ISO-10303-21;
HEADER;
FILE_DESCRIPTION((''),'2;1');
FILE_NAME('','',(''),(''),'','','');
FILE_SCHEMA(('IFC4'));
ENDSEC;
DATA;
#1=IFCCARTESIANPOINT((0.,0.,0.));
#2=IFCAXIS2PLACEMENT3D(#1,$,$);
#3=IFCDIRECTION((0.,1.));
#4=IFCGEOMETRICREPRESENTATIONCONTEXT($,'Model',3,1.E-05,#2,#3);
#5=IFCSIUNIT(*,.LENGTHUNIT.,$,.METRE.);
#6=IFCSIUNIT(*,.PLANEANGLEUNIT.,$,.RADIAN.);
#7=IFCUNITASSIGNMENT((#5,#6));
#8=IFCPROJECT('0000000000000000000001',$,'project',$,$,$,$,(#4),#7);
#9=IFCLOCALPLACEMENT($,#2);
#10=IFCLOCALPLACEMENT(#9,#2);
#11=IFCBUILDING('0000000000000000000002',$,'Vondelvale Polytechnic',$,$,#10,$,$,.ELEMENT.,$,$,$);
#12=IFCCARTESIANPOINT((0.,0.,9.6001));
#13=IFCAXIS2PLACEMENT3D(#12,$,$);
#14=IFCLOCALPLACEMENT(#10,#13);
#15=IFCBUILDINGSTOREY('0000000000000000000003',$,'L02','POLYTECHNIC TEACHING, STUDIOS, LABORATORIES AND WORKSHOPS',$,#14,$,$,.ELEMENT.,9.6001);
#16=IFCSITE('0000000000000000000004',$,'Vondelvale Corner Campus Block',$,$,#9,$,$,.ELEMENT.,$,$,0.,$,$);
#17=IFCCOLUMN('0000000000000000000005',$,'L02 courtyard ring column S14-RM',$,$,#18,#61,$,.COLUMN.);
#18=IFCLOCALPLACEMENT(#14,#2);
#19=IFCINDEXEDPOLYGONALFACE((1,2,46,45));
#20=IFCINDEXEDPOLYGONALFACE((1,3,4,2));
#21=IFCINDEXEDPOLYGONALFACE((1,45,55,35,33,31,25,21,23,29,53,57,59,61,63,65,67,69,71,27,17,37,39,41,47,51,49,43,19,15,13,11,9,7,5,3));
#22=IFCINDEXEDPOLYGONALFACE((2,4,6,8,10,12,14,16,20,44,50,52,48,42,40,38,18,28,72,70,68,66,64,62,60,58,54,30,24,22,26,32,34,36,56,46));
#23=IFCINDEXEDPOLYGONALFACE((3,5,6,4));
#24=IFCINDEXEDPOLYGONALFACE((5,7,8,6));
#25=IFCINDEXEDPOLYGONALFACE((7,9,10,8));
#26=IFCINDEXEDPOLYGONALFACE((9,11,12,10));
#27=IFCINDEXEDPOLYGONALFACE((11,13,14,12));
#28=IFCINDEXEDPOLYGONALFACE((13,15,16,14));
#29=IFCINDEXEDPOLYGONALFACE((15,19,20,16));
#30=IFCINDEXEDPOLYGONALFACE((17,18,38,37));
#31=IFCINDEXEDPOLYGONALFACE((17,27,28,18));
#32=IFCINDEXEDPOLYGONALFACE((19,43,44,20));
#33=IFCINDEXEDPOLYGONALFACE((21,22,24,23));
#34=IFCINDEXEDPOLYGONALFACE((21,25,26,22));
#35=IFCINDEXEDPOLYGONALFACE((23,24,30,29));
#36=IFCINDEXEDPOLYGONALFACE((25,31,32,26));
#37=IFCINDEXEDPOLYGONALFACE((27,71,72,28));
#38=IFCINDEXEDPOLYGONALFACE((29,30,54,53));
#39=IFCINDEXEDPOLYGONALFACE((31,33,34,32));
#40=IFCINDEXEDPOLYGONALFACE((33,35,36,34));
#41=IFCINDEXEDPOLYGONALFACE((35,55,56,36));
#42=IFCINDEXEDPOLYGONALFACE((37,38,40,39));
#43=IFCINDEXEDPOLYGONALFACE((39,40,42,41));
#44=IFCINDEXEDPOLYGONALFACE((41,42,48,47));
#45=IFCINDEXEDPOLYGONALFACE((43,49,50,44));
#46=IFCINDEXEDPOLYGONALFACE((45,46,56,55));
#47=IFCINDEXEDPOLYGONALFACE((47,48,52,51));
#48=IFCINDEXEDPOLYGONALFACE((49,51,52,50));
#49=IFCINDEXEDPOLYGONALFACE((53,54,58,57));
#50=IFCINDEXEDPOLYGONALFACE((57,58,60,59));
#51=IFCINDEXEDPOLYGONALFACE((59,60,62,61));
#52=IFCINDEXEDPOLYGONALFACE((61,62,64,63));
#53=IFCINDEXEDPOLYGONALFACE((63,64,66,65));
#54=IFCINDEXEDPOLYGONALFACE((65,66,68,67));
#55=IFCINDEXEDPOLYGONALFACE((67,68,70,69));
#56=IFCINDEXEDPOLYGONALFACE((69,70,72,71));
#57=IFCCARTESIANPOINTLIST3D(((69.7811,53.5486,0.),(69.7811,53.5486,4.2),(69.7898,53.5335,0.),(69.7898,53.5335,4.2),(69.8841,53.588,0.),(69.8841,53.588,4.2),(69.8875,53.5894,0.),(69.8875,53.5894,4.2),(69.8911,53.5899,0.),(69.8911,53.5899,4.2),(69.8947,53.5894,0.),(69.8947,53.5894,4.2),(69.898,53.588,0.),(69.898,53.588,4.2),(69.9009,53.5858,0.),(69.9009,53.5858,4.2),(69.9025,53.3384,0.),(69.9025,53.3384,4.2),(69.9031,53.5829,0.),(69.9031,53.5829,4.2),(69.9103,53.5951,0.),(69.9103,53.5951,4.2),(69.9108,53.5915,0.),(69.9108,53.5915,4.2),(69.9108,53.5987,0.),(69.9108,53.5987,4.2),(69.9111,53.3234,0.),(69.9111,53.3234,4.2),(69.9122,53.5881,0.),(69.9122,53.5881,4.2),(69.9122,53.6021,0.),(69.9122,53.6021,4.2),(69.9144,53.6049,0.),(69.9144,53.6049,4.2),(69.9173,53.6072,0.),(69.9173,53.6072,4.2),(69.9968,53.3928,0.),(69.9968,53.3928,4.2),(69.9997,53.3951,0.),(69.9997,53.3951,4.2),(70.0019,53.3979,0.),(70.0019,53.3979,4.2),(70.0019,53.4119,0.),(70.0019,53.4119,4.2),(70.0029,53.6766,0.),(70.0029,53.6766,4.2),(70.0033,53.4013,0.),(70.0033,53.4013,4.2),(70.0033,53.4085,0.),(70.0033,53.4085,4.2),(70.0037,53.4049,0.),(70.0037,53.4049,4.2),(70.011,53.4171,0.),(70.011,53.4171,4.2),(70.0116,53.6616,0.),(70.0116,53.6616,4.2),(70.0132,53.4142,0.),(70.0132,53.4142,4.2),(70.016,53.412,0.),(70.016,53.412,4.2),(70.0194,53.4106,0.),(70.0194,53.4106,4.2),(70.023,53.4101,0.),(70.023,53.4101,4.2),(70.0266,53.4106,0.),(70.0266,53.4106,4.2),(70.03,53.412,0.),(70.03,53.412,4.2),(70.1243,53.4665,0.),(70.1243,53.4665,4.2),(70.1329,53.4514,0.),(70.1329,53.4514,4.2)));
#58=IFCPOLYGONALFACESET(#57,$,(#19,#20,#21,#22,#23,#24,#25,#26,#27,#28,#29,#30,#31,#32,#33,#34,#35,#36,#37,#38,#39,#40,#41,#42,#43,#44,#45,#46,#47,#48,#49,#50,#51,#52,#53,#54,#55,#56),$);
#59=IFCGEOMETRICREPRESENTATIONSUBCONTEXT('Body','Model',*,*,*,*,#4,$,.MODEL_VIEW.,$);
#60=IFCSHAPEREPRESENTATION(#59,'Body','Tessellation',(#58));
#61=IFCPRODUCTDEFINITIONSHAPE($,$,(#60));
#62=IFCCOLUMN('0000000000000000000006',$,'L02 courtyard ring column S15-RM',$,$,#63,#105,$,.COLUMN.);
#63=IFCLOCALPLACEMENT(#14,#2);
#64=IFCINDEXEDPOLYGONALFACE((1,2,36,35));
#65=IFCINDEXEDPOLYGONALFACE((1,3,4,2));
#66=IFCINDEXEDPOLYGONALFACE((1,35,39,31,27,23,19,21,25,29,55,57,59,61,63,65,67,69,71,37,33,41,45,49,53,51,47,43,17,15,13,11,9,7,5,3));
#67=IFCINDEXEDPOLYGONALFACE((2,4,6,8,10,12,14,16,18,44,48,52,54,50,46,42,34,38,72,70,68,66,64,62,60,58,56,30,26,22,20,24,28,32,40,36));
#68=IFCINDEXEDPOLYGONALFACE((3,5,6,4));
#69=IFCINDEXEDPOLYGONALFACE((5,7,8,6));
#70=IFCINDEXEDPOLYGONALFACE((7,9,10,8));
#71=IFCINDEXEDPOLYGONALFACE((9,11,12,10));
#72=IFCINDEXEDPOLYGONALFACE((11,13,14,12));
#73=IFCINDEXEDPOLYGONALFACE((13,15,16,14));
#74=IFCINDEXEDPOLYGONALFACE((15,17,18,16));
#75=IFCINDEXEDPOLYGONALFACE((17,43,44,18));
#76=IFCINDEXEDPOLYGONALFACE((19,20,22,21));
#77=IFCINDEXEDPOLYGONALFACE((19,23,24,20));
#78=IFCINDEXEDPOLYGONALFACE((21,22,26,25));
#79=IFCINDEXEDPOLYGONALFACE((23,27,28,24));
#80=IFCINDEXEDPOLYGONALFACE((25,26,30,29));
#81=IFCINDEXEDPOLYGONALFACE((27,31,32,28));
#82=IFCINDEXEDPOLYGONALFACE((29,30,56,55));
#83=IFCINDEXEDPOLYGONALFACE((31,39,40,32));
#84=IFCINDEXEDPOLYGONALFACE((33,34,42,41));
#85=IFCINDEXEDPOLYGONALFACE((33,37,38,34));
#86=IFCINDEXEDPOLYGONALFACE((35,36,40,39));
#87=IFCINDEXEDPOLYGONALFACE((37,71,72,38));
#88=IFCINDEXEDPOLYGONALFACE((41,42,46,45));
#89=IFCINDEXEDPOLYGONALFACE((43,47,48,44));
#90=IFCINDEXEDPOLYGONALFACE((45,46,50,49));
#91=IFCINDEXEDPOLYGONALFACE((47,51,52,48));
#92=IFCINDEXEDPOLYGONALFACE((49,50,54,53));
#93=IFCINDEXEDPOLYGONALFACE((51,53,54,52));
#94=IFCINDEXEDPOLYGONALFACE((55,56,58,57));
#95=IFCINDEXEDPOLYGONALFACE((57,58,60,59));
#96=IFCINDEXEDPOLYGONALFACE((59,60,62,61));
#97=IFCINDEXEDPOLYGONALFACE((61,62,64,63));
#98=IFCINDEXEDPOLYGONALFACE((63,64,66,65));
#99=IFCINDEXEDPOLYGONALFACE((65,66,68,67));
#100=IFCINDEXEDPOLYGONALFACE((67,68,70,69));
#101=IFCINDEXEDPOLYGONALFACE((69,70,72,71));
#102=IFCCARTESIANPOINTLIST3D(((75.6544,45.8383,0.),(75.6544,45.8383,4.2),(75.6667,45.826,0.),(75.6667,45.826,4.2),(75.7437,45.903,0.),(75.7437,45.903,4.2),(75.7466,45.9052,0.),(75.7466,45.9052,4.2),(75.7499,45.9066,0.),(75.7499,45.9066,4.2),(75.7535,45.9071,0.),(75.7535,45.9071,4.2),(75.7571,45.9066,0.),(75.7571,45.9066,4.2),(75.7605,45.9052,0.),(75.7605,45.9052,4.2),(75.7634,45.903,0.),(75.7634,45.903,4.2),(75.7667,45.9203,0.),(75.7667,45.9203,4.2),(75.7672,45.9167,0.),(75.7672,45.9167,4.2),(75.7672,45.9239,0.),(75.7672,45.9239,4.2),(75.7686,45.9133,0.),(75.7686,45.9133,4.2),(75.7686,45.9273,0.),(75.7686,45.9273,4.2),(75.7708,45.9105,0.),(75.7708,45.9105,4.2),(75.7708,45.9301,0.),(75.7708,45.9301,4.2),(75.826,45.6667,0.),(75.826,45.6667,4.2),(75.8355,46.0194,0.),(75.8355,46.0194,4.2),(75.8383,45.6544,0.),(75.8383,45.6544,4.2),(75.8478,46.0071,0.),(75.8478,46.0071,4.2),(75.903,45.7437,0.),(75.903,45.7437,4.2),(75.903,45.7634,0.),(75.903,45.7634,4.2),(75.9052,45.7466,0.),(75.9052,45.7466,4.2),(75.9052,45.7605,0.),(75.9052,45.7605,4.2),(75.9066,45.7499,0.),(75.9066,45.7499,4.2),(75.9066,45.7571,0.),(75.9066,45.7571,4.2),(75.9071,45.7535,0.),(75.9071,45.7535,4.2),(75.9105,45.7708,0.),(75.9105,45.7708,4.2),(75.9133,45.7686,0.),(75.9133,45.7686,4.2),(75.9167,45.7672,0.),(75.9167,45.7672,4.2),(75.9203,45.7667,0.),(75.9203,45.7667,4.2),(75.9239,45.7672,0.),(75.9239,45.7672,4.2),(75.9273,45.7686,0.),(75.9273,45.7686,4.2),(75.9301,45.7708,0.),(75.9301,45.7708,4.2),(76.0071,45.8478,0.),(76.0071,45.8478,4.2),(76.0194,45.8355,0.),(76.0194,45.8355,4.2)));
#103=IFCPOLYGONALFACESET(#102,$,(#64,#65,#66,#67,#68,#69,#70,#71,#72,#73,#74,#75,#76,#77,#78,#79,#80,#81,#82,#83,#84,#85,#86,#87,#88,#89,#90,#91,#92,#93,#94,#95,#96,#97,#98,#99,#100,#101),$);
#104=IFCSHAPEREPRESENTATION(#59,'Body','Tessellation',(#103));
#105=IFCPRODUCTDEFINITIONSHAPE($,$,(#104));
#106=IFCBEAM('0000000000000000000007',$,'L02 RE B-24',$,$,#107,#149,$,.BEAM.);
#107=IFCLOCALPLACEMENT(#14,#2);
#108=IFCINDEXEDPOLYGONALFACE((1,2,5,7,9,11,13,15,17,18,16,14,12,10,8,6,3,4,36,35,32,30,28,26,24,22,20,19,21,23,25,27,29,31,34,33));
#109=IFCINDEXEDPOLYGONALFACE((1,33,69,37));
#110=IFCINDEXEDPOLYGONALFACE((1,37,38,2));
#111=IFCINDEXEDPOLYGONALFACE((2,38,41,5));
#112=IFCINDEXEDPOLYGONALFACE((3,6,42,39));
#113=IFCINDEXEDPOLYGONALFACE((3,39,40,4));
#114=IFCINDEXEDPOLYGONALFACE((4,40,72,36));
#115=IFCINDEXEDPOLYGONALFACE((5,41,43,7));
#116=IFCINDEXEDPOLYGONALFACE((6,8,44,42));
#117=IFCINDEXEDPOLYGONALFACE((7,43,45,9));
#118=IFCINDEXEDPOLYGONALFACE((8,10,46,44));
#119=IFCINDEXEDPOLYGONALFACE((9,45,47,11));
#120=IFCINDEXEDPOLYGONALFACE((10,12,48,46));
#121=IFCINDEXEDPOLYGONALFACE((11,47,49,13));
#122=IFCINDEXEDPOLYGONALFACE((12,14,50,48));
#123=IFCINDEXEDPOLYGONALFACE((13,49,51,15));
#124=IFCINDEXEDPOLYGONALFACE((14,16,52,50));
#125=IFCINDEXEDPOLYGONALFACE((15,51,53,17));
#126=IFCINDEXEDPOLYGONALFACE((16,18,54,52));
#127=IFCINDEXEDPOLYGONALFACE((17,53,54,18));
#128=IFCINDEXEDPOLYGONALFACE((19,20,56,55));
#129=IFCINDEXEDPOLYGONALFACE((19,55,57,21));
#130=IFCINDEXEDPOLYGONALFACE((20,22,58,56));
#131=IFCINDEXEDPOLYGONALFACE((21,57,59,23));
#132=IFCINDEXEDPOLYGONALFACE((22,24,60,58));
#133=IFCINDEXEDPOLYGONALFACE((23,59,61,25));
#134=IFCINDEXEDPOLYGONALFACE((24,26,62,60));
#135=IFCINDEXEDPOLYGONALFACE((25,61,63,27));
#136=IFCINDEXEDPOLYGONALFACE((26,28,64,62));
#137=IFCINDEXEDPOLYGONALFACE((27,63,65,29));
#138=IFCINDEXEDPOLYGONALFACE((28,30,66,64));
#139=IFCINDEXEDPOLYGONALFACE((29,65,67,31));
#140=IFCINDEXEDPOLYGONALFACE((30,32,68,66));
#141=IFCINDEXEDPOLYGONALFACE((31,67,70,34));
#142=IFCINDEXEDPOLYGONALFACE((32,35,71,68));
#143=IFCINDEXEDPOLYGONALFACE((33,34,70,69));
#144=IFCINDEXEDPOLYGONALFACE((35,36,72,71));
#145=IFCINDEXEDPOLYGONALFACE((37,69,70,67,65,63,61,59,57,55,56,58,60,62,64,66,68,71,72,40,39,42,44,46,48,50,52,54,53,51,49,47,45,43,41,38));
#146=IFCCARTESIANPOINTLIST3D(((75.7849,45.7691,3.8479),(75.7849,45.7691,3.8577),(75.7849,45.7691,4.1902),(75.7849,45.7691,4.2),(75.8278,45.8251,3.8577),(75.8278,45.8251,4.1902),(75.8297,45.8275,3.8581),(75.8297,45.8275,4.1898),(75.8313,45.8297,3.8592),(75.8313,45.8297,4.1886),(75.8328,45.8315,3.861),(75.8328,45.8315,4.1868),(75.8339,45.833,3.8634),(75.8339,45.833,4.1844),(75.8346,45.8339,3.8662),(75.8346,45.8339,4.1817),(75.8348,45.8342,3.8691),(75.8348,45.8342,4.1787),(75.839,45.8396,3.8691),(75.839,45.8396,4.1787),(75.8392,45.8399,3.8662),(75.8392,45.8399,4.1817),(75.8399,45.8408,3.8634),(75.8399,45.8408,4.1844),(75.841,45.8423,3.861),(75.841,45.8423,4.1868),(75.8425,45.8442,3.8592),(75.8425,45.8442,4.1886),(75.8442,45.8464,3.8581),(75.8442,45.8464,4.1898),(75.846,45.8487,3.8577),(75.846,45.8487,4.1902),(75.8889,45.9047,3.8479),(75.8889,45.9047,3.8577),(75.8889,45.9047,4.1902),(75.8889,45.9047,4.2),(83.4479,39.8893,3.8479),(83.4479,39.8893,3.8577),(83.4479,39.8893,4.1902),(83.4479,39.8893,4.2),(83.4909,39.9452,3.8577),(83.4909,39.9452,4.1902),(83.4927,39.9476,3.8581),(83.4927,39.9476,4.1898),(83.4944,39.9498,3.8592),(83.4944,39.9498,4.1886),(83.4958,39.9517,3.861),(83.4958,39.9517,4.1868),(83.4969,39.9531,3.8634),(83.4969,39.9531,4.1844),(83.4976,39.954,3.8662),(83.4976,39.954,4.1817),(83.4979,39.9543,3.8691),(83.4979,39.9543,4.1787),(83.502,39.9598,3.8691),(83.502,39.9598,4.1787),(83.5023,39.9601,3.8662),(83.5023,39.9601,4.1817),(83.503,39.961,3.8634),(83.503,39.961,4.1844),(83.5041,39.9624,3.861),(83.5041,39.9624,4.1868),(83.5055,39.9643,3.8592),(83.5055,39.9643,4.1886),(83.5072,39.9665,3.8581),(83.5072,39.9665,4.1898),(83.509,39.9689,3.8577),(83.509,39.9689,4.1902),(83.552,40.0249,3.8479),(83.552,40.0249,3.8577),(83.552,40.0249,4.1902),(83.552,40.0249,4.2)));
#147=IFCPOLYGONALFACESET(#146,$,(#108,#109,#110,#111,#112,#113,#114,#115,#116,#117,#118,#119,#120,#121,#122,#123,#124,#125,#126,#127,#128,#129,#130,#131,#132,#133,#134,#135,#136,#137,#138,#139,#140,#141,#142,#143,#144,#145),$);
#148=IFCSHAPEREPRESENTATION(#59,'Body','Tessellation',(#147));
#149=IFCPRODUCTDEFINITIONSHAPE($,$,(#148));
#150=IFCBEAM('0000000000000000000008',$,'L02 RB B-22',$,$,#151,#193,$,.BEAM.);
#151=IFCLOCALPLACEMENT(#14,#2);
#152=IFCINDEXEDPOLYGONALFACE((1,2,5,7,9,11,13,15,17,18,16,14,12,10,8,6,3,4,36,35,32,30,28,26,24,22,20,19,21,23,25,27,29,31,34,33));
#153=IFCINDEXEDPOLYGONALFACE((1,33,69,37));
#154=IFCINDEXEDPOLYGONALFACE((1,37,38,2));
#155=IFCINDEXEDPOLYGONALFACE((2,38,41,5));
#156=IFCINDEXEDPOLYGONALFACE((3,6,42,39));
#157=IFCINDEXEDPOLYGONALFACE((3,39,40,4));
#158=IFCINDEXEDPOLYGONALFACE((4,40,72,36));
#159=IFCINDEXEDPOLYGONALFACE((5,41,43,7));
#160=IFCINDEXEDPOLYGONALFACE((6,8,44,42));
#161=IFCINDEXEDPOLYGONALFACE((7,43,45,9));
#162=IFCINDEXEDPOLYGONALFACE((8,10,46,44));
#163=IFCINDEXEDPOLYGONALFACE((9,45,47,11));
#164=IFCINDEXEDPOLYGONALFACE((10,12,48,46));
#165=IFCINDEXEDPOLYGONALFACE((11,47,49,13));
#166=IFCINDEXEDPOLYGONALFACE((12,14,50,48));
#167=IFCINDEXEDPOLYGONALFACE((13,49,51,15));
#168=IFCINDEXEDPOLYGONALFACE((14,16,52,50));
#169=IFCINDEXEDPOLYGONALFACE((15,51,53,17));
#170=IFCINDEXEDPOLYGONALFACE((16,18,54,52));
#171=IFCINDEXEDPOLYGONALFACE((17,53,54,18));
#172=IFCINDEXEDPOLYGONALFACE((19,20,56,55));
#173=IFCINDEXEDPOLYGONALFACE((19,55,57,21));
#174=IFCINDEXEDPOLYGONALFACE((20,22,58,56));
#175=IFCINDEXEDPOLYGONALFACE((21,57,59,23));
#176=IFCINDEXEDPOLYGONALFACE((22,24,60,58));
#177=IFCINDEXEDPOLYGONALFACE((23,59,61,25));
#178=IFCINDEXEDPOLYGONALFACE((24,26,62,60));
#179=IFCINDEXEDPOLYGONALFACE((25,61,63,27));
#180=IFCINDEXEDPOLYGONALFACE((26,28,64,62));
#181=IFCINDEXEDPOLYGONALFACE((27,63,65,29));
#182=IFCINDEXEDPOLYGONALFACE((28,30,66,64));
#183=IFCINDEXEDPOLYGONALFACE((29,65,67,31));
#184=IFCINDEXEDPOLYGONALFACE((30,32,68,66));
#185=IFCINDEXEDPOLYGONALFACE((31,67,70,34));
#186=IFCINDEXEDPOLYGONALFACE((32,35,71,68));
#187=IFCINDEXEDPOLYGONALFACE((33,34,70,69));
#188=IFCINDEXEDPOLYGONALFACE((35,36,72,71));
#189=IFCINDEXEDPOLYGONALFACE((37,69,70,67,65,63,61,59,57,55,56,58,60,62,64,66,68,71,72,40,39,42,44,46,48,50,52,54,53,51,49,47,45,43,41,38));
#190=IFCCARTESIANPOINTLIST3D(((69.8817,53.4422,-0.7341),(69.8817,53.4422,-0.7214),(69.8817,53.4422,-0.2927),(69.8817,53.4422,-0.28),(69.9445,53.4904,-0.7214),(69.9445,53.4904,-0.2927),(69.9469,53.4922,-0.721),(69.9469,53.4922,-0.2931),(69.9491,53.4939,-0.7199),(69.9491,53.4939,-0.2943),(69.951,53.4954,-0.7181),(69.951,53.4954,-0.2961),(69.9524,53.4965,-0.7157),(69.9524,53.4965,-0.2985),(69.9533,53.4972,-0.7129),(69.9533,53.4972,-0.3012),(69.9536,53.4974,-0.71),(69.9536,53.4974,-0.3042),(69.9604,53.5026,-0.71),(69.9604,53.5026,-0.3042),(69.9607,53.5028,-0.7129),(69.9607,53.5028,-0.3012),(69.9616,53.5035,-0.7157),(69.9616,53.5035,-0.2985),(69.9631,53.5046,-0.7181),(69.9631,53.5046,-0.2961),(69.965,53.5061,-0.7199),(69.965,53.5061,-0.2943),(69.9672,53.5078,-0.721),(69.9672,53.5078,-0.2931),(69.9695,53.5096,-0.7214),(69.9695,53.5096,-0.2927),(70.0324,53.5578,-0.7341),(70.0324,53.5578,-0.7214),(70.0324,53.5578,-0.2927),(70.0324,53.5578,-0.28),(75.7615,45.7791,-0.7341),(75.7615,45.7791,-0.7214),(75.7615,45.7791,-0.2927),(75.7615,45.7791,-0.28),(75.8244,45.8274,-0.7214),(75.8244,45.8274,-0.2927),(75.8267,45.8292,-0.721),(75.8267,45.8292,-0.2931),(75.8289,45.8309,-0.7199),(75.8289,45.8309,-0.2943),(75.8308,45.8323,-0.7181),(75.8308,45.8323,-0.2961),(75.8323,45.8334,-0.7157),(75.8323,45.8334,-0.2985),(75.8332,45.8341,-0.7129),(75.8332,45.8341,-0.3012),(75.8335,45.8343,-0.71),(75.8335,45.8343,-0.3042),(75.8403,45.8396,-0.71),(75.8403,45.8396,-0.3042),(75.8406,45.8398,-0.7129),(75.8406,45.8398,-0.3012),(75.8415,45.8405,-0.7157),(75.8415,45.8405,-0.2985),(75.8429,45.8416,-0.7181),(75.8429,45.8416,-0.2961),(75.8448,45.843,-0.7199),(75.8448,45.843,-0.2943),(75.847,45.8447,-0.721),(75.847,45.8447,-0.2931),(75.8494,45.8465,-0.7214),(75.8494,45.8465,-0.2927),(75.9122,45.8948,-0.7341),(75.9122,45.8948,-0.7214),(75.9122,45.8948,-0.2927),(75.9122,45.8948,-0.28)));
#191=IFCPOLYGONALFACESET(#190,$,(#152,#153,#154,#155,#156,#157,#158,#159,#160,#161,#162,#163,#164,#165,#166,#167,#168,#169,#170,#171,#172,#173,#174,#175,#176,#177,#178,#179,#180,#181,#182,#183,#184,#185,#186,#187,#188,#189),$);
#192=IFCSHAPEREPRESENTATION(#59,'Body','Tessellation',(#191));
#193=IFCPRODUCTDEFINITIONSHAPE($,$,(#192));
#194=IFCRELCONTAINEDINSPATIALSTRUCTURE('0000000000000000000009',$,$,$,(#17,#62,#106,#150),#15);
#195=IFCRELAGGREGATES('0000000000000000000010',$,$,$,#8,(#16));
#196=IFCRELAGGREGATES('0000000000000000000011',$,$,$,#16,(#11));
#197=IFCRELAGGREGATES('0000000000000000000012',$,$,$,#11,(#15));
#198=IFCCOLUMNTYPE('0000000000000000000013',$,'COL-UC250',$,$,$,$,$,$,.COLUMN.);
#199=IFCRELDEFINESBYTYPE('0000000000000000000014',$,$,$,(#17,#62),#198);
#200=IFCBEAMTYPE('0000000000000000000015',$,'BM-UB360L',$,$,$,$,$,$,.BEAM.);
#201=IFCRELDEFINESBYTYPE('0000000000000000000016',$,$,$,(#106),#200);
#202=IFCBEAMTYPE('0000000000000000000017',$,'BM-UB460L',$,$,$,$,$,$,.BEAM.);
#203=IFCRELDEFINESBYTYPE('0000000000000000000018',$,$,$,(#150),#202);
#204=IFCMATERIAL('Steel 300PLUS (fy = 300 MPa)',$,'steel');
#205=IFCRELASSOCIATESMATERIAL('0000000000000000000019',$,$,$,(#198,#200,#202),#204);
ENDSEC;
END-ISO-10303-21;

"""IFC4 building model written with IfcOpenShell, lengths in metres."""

from ifc_helpers import new_model, si_unit, direction, frame, origin, origin_2d, place, context, subcontext, project, spatial, i_section, extrude, material, material_profile, profile_set, type_object, element, save


model = new_model("IFC4")

# Units and contexts
model_context = context("Model", 3, precision=1e-05, world=origin(), true_north=direction((0.0, 1.0)))
body_context = subcontext(model_context, "Body", "Model", "MODEL_VIEW")
ifc_project = project(units=[si_unit("LENGTHUNIT", "METRE"), si_unit("PLANEANGLEUNIT", "RADIAN")], contexts=[model_context])

# Site, building, storey
site_placement = place(None, origin())
site = spatial("IfcSite", under=ifc_project, at=site_placement, Name="Vondelvale Corner Campus Block", CompositionType="ELEMENT", RefElevation=0.0)
building_placement = place(site_placement, origin())
building = spatial("IfcBuilding", under=site, at=building_placement, Name="Vondelvale Polytechnic", CompositionType="ELEMENT")
storey_placement = place(building_placement, frame((0.0, 0.0, 9.6001)))
storey = spatial("IfcBuildingStorey", under=building, at=storey_placement, Name="L02", Description="POLYTECHNIC TEACHING, STUDIOS, LABORATORIES AND WORKSHOPS", CompositionType="ELEMENT", Elevation=9.6001)

# Columns
ifc_material_1 = material(Name="Steel 300PLUS (fy = 300 MPa)", Category="steel")
ifc_material_profile_1 = material_profile(ifc_material_1, i_section(OverallWidth=0.2561, OverallDepth=0.26, WebThickness=0.0105, FlangeThickness=0.0173, FilletRadius=0.0139, at=origin_2d()), Name="250UC89.5")
ifc_profile_set_1 = profile_set([ifc_material_profile_1], Name="Steel 300PLUS (fy = 300 MPa)")
column_type = type_object("IfcColumnType", Name="COL-UC250", PredefinedType="COLUMN", material=ifc_profile_set_1)
for number, where, z_axis, x_axis, name in (
    (1, (69.957, 53.5, 0.0), (0.0, 0.0, 1.0), (0.866025, 0.5, 0.0), "L02 courtyard ring column S14-RM"),
    (2, (75.8369, 45.8369, 0.0), (0.0, 0.0, 1.0), (0.707107, 0.707107, 0.0), "L02 courtyard ring column S15-RM"),
):
    element("IfcColumn", number, at=place(storey_placement, frame(where, z_axis=z_axis, x_axis=x_axis)), inside=storey, type_object=column_type, Name=name, PredefinedType="COLUMN", context=body_context, shape_type="SweptSolid", body=[
        extrude(i_section(OverallWidth=0.2561, OverallDepth=0.26, WebThickness=0.0105, FlangeThickness=0.0173, FilletRadius=0.0139, at=origin_2d()), origin(), (0.0, 0.0, 1.0), 4.2),
    ])

# Beams
ifc_material_profile_2 = material_profile(ifc_material_1, i_section(OverallWidth=0.1709, OverallDepth=0.3521, WebThickness=0.0068, FlangeThickness=0.0098, FilletRadius=0.0115, at=origin_2d()), Name="360UB44.7")
ifc_profile_set_2 = profile_set([ifc_material_profile_2], Name="Steel 300PLUS (fy = 300 MPa)")
beam_type_1 = type_object("IfcBeamType", Name="BM-UB360L", PredefinedType="BEAM", material=ifc_profile_set_2)
beam_1_placement = place(storey_placement, frame((75.8369, 45.8369, 4.0239), z_axis=(0.793364, -0.608748, 0.0), x_axis=(0.608748, 0.793364, 0.0)))
element("IfcBeam", 3, at=beam_1_placement, inside=storey, type_object=beam_type_1, Name="L02 RE B-24", PredefinedType="BEAM", context=body_context, shape_type="SweptSolid", body=[
    extrude(i_section(OverallWidth=0.1709, OverallDepth=0.3521, WebThickness=0.0068, FlangeThickness=0.0098, FilletRadius=0.0115, at=origin_2d()), origin(), (0.0, 0.0, 1.0), 9.6589),
])
ifc_material_profile_3 = material_profile(ifc_material_1, i_section(OverallWidth=0.1899, OverallDepth=0.4541, WebThickness=0.0085, FlangeThickness=0.0127, FilletRadius=0.0115, at=origin_2d()), Name="460UB67.1")
ifc_profile_set_3 = profile_set([ifc_material_profile_3], Name="Steel 300PLUS (fy = 300 MPa)")
beam_type_2 = type_object("IfcBeamType", Name="BM-UB460L", PredefinedType="BEAM", material=ifc_profile_set_3)
for number, where, z_axis, x_axis, name in (
    (4, (69.957, 53.5, -0.5071), (0.608748, -0.793364, 0.0), (0.793364, 0.608748, 0.0), "L02 RB B-22"),
):
    element("IfcBeam", number, at=place(storey_placement, frame(where, z_axis=z_axis, x_axis=x_axis)), inside=storey, type_object=beam_type_2, Name=name, PredefinedType="BEAM", context=body_context, shape_type="SweptSolid", body=[
        extrude(i_section(OverallWidth=0.1899, OverallDepth=0.4541, WebThickness=0.0085, FlangeThickness=0.0127, FilletRadius=0.0115, at=origin_2d()), origin(), (0.0, 0.0, 1.0), 9.6589),
    ])

save(model, "model.ifc")
